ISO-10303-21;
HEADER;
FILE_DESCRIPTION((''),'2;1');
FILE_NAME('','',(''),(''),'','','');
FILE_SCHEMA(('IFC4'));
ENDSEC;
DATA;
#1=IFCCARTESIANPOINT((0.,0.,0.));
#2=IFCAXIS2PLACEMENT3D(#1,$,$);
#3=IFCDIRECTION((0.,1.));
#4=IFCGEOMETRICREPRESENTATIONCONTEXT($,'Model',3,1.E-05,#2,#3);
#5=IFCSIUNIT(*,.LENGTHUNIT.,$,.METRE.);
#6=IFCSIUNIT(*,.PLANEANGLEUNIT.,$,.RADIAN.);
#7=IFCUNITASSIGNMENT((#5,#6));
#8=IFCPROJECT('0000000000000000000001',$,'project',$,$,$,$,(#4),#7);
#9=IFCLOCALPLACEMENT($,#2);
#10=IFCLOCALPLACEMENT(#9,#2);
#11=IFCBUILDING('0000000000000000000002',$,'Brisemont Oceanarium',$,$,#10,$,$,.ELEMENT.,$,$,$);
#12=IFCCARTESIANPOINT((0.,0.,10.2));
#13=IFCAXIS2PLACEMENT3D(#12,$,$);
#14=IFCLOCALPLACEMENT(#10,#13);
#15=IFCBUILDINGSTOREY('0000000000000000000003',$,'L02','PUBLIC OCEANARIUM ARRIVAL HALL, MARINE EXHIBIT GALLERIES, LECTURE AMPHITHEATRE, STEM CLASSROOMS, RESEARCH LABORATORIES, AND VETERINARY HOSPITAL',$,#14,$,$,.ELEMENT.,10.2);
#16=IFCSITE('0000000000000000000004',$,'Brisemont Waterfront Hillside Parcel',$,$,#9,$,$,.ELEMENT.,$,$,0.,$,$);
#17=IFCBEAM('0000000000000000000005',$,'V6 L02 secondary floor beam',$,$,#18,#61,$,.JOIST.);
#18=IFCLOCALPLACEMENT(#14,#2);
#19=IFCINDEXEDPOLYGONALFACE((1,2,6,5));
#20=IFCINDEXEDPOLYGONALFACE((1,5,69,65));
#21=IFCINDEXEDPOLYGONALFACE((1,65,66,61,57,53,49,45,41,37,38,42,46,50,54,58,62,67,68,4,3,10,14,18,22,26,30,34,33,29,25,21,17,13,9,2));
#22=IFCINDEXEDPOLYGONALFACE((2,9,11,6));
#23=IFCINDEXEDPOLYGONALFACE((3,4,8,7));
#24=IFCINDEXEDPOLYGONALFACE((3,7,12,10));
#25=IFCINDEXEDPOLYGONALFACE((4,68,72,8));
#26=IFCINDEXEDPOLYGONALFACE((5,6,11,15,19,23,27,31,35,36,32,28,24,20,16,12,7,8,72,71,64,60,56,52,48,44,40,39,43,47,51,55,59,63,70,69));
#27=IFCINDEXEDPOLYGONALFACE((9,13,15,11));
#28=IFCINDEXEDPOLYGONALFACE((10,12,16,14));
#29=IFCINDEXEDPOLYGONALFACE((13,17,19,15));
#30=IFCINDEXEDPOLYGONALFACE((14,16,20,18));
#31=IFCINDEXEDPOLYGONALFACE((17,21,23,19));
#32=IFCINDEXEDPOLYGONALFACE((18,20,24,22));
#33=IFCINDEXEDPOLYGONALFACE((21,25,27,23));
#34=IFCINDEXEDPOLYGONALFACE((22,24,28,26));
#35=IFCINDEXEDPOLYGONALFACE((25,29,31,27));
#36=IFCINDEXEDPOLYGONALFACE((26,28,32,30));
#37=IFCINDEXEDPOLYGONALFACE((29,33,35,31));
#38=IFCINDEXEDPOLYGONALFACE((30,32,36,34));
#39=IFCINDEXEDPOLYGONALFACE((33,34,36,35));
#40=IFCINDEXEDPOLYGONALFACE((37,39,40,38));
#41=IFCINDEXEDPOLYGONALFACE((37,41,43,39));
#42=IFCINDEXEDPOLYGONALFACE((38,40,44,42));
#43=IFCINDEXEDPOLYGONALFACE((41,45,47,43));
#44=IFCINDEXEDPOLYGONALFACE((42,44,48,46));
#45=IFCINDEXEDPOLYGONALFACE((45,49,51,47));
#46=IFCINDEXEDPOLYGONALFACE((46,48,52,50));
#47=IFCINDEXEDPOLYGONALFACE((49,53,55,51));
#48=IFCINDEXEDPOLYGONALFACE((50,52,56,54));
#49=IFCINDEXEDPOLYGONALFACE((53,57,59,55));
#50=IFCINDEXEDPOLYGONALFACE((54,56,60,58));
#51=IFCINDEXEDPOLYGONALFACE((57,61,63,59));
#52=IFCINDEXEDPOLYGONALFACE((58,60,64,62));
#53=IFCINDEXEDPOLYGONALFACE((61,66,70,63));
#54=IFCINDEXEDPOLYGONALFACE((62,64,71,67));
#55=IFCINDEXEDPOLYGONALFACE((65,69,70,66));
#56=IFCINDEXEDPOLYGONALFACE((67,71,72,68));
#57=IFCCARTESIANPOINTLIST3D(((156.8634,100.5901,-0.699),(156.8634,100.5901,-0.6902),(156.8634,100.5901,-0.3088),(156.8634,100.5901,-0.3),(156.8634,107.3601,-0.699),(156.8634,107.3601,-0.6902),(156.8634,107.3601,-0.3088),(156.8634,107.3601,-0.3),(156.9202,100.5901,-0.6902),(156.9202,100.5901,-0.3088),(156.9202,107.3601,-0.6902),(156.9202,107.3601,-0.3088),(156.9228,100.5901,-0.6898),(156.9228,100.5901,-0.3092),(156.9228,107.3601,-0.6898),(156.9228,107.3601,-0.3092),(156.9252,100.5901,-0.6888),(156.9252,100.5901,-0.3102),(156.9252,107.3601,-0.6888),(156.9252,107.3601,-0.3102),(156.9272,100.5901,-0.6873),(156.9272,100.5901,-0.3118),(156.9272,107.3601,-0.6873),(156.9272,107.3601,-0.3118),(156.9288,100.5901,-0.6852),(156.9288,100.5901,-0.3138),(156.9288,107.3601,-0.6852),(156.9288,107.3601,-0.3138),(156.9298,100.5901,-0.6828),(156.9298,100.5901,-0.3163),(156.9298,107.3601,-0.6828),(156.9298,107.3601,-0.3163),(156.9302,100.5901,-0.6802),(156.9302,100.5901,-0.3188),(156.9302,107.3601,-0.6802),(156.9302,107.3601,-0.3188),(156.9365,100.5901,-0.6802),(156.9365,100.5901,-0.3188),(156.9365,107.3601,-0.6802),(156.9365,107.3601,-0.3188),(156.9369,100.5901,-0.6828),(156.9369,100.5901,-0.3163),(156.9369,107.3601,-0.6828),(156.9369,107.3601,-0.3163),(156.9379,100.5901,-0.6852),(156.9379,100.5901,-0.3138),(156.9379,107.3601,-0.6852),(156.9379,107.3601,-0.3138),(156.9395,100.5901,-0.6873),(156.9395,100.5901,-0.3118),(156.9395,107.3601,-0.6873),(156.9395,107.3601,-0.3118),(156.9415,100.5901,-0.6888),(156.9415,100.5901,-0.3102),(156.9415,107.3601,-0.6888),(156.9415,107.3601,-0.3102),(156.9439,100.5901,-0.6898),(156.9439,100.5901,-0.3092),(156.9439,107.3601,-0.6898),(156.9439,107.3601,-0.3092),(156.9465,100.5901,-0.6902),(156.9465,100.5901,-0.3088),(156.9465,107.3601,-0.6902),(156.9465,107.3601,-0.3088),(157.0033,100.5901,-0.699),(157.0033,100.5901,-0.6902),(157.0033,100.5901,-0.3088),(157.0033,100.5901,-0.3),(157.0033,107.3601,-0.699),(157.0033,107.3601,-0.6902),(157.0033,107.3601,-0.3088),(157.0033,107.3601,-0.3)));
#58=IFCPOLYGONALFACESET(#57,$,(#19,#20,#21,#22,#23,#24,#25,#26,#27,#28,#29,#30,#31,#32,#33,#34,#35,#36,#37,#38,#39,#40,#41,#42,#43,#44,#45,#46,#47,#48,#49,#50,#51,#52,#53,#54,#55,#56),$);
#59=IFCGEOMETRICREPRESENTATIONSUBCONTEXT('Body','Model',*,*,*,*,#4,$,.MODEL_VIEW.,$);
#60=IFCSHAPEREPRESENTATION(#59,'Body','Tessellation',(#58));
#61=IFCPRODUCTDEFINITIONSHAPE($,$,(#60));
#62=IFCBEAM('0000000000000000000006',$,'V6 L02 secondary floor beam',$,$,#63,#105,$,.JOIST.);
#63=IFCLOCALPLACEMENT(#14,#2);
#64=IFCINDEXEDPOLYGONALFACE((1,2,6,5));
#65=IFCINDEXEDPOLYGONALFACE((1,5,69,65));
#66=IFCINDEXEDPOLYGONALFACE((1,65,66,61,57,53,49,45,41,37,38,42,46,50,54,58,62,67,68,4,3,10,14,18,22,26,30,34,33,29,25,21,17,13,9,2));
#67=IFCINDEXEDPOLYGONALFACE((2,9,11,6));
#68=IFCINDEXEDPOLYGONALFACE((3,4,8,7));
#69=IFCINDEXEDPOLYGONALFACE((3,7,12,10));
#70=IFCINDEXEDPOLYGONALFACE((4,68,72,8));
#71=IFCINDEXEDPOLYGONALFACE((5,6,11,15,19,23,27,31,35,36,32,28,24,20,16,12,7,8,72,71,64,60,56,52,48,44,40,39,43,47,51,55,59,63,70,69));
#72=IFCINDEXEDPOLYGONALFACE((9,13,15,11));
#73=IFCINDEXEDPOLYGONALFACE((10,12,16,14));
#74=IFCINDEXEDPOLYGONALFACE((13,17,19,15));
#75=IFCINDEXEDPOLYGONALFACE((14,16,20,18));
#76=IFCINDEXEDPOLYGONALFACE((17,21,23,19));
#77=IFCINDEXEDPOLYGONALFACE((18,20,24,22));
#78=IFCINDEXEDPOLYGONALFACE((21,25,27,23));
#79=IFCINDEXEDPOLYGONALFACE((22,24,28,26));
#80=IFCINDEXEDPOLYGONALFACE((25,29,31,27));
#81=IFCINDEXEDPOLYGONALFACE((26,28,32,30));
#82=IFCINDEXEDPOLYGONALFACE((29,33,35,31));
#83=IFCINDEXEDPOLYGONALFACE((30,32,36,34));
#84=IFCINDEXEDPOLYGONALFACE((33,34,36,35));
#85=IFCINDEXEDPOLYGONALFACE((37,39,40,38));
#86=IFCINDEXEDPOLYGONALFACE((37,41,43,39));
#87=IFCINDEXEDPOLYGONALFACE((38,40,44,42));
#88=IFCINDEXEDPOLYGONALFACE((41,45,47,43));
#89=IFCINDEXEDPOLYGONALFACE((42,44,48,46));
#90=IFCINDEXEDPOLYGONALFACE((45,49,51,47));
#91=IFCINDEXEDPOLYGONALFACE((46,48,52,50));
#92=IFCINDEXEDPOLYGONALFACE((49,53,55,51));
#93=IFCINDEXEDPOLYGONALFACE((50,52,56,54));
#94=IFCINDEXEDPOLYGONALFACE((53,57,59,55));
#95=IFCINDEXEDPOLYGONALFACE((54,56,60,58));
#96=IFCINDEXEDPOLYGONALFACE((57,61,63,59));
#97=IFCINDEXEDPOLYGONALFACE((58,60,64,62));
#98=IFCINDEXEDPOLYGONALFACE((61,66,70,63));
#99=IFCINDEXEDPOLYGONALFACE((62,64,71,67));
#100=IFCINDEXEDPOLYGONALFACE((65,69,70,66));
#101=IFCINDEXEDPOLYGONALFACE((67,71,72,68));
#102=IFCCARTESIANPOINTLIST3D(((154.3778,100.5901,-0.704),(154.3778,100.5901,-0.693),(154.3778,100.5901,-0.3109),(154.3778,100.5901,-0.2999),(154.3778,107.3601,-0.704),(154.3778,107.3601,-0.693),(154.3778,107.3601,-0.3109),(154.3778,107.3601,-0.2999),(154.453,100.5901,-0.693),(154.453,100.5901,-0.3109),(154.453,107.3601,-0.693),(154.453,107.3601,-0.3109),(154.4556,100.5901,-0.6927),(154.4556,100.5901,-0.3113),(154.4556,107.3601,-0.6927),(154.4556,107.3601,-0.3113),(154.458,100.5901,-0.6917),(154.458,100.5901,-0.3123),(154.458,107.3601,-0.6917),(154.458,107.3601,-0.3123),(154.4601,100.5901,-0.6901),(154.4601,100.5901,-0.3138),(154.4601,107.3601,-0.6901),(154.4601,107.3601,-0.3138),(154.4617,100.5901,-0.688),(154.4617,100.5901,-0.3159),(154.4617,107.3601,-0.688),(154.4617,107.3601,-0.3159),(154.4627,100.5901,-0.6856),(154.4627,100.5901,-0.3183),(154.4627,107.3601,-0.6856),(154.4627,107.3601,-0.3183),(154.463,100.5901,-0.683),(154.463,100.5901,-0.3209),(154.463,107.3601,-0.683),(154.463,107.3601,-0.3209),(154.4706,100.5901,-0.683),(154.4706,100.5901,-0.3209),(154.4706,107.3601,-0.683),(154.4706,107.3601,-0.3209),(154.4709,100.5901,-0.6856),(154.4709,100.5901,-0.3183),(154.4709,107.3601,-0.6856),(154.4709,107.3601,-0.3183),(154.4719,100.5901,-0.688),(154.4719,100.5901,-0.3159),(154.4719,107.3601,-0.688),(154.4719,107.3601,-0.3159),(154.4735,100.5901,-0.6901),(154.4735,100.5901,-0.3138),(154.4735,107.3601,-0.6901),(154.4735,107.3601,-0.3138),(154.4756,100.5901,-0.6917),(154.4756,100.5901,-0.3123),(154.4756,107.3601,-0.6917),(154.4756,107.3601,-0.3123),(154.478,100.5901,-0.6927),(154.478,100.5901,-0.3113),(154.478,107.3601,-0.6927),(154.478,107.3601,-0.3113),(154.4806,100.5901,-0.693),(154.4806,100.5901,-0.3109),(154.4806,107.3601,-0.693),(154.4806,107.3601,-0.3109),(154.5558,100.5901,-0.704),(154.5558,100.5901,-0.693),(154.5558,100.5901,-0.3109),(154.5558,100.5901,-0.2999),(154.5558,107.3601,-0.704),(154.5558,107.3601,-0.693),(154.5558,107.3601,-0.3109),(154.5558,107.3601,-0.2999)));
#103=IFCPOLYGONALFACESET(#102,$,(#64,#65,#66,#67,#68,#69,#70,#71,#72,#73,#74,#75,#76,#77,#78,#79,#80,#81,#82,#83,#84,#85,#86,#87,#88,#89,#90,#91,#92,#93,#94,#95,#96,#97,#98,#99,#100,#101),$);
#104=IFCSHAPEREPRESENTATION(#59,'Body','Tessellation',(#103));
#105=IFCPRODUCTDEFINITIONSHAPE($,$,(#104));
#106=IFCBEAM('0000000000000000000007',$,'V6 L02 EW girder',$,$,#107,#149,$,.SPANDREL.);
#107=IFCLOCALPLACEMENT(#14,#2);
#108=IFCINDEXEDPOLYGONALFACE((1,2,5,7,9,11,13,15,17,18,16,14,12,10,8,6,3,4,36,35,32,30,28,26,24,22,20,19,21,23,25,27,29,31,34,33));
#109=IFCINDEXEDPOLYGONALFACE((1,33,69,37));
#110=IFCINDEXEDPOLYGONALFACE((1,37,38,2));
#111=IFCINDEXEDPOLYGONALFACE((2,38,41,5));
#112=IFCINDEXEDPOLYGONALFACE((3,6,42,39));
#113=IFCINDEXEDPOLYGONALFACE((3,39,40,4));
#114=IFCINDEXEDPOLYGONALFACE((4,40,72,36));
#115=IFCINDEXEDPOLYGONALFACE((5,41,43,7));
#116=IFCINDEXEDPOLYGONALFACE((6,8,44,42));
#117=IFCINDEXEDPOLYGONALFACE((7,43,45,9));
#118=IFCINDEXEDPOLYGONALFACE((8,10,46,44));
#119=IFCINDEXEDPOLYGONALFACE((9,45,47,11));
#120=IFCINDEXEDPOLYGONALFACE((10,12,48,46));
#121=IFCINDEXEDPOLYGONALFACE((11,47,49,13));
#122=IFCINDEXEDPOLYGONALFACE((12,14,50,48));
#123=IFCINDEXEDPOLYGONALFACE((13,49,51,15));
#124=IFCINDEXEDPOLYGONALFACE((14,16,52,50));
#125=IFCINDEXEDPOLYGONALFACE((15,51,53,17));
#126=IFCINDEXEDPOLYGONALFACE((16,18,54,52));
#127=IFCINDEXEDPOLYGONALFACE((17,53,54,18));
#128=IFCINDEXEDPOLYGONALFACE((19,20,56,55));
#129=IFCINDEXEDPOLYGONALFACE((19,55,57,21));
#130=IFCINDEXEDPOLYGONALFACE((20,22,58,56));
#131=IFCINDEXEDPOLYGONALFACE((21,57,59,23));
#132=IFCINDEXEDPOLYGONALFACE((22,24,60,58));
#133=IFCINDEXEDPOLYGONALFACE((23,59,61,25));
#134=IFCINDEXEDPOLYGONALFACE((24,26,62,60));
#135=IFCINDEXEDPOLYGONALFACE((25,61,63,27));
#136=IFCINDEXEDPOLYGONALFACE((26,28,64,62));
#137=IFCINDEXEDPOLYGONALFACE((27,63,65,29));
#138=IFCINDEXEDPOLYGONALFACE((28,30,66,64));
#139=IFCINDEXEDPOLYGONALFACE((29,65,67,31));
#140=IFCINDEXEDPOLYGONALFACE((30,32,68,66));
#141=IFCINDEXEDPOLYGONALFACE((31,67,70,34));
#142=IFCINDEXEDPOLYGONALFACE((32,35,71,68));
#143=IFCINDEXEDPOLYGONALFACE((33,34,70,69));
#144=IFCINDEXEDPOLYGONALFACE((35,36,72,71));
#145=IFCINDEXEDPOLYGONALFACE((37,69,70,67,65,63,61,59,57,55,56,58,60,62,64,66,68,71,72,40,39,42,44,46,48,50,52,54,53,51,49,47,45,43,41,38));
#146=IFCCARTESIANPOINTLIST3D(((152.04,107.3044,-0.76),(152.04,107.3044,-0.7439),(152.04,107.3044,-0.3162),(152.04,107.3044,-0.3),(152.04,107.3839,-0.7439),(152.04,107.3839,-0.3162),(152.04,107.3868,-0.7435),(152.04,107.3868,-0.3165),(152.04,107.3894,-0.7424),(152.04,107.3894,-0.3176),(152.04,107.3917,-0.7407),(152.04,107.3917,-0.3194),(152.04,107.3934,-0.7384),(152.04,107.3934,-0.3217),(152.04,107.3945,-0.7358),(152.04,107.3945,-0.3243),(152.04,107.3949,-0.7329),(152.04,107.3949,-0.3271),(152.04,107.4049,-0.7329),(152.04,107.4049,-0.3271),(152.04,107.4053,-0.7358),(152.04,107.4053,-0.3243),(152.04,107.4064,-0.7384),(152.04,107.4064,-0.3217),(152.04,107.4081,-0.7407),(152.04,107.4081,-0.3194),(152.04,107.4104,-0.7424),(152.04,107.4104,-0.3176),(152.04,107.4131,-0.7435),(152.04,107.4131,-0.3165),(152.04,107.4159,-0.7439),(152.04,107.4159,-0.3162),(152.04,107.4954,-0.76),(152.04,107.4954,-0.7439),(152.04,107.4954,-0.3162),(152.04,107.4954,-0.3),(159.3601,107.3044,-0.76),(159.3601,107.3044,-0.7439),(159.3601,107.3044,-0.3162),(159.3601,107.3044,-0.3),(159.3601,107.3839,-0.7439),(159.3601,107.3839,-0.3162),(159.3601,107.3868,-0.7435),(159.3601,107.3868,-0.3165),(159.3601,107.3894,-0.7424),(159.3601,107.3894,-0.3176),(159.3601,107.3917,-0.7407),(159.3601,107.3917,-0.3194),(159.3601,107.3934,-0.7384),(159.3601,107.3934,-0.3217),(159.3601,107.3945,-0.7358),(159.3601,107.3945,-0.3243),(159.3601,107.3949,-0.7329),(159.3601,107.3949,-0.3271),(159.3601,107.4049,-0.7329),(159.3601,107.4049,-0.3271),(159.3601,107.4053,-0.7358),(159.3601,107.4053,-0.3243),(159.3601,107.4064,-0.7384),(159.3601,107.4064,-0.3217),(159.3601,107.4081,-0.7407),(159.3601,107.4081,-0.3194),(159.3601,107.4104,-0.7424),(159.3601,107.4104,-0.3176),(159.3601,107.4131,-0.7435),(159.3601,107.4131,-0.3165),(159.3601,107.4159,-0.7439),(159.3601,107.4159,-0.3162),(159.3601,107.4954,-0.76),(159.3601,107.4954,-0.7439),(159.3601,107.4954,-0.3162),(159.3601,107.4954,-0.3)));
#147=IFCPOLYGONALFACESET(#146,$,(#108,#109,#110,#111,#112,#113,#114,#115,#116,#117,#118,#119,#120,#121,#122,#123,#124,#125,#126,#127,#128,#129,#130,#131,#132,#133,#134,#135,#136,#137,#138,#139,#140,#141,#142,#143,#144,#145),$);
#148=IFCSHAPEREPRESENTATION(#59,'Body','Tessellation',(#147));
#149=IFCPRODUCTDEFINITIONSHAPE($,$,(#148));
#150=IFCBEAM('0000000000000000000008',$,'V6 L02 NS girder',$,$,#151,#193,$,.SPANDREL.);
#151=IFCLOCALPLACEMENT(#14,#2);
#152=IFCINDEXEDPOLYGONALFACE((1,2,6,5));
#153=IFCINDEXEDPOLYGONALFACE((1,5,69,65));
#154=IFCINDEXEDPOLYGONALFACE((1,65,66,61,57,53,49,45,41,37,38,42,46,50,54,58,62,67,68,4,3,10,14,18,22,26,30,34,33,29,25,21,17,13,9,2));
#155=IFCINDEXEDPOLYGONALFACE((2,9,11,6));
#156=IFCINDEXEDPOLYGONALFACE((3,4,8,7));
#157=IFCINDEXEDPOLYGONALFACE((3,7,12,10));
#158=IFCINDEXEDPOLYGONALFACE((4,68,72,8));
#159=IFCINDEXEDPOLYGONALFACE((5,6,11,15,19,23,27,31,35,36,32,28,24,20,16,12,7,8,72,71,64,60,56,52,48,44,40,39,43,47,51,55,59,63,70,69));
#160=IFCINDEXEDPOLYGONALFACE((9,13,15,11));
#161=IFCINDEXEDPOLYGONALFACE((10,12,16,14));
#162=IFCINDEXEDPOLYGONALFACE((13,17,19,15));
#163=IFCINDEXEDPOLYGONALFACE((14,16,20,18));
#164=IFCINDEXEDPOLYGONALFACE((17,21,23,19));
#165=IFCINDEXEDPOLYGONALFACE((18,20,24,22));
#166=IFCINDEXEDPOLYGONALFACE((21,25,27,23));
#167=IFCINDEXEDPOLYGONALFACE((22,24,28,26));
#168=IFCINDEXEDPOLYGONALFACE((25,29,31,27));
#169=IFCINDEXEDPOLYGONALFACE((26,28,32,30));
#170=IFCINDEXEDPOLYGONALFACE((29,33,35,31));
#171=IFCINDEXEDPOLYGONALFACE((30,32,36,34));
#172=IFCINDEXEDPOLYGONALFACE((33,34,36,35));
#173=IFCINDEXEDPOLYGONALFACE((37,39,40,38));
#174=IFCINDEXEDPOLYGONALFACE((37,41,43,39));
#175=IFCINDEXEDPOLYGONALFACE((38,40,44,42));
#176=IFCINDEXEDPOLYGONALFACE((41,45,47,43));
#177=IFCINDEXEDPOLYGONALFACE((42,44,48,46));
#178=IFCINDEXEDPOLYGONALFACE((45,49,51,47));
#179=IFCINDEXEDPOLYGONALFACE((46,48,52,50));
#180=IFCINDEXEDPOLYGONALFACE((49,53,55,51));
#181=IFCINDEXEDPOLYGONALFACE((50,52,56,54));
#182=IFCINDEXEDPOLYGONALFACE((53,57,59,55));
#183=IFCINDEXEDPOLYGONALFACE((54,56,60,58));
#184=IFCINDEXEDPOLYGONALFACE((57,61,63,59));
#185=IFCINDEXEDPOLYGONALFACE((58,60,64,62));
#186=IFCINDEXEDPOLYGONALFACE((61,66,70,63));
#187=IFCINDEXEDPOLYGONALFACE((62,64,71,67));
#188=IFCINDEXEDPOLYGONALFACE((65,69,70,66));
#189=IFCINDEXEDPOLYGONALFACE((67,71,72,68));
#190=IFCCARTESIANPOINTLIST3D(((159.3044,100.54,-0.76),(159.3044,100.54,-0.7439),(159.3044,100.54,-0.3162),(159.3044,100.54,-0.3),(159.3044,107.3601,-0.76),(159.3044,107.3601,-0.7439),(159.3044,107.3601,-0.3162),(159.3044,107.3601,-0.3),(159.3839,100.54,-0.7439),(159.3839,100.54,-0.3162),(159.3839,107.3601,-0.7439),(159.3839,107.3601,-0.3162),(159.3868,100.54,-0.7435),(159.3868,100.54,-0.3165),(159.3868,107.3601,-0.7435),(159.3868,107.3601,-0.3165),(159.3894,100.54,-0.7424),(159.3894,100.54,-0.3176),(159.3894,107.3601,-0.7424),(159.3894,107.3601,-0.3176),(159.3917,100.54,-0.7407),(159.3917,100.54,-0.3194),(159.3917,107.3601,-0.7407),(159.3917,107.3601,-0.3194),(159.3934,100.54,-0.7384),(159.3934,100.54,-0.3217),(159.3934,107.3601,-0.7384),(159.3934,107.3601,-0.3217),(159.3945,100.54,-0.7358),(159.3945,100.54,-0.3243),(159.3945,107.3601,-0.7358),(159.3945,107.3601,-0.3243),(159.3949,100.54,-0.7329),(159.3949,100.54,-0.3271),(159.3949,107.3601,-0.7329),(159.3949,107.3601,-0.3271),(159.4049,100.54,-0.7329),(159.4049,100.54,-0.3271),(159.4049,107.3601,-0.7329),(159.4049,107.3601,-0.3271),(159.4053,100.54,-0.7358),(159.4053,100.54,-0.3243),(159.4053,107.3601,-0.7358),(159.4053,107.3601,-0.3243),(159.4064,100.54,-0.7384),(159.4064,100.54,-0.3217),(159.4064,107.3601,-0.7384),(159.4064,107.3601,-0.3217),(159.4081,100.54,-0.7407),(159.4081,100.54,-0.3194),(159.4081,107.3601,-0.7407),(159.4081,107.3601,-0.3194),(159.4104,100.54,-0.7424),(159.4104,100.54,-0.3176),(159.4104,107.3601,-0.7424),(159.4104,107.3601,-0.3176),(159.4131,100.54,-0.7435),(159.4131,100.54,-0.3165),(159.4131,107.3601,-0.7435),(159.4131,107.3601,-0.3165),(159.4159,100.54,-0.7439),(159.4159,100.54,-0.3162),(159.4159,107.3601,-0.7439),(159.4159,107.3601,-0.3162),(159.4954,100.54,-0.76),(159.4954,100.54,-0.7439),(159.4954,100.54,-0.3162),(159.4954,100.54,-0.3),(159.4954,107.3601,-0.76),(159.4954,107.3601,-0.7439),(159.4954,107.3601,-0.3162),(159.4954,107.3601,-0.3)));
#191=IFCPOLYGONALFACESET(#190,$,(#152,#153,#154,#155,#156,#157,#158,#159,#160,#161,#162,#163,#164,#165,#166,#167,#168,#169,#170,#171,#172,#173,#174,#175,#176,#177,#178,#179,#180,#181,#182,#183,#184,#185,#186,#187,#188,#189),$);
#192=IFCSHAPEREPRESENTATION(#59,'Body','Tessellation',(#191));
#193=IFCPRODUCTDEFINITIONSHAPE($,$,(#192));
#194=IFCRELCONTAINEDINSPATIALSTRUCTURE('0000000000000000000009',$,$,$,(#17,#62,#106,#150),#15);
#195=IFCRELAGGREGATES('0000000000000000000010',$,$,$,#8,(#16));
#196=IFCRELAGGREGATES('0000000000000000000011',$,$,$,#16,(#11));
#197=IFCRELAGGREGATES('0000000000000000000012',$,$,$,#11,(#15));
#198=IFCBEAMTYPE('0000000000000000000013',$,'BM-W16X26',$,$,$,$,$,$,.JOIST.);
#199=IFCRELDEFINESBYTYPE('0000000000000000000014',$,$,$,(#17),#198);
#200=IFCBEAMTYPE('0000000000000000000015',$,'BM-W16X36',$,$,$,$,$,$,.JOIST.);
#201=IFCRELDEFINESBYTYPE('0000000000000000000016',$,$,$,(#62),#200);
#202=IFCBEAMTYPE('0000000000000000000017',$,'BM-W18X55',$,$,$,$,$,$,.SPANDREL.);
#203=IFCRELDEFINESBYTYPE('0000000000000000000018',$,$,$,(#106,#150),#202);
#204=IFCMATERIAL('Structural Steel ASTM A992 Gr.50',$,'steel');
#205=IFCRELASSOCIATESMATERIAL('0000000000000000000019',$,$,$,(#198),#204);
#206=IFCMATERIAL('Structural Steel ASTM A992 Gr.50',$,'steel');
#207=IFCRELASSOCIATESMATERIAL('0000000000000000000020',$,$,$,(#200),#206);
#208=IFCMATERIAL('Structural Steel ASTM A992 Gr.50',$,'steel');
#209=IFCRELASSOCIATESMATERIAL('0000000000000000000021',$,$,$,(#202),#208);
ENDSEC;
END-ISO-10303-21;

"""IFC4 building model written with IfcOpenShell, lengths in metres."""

from ifc_helpers import new_model, si_unit, direction, frame, origin, origin_2d, place, context, subcontext, project, spatial, i_section, extrude, material, material_profile, profile_set, type_object, element, save


model = new_model("IFC4")

# Units and contexts
model_context = context("Model", 3, precision=1e-05, world=origin(), true_north=direction((0.0, 1.0)))
body_context = subcontext(model_context, "Body", "Model", "MODEL_VIEW")
ifc_project = project(units=[si_unit("LENGTHUNIT", "METRE"), si_unit("PLANEANGLEUNIT", "RADIAN")], contexts=[model_context])

# Site, building, storey
site_placement = place(None, origin())
site = spatial("IfcSite", under=ifc_project, at=site_placement, Name="Brisemont Waterfront Hillside Parcel", CompositionType="ELEMENT", RefElevation=0.0)
building_placement = place(site_placement, origin())
building = spatial("IfcBuilding", under=site, at=building_placement, Name="Brisemont Oceanarium", CompositionType="ELEMENT")
storey_placement = place(building_placement, frame((0.0, 0.0, 10.2)))
storey = spatial("IfcBuildingStorey", under=building, at=storey_placement, Name="L02", Description="PUBLIC OCEANARIUM ARRIVAL HALL, MARINE EXHIBIT GALLERIES, LECTURE AMPHITHEATRE, STEM CLASSROOMS, RESEARCH LABORATORIES, AND VETERINARY HOSPITAL", CompositionType="ELEMENT", Elevation=10.2)

# Beams
ifc_material_1 = material(Name="Structural Steel ASTM A992 Gr.50", Category="steel")
ifc_material_profile_1 = material_profile(ifc_material_1, i_section(OverallWidth=0.1399, OverallDepth=0.3989, WebThickness=0.0063, FlangeThickness=0.0088, FilletRadius=0.01, at=origin_2d()), Name="W16X26")
ifc_profile_set_1 = profile_set([ifc_material_profile_1], Name="Structural Steel ASTM A992 Gr.50")
beam_type_1 = type_object("IfcBeamType", Name="BM-W16X26", PredefinedType="JOIST", material=ifc_profile_set_1)
beam_1_placement = place(storey_placement, frame((156.9333, 100.5901, -0.4995), z_axis=(0.0, 1.0, 0.0), x_axis=(-1.0, 0.0, 0.0)))
element("IfcBeam", 1, at=beam_1_placement, inside=storey, type_object=beam_type_1, Name="V6 L02 secondary floor beam", PredefinedType="JOIST", context=body_context, shape_type="SweptSolid", body=[
    extrude(i_section(OverallWidth=0.1399, OverallDepth=0.3989, WebThickness=0.0063, FlangeThickness=0.0088, FilletRadius=0.01, at=origin_2d()), origin(), (0.0, 0.0, 1.0), 6.77),
])
ifc_material_2 = material(Name="Structural Steel ASTM A992 Gr.50", Category="steel")
ifc_material_profile_2 = material_profile(ifc_material_2, i_section(OverallWidth=0.178, OverallDepth=0.4041, WebThickness=0.0076, FlangeThickness=0.011, FilletRadius=0.01, at=origin_2d()), Name="W16X36")
ifc_profile_set_2 = profile_set([ifc_material_profile_2], Name="Structural Steel ASTM A992 Gr.50")
beam_type_2 = type_object("IfcBeamType", Name="BM-W16X36", PredefinedType="JOIST", material=ifc_profile_set_2)
beam_2_placement = place(storey_placement, frame((154.4668, 100.5901, -0.502), z_axis=(0.0, 1.0, 0.0), x_axis=(-1.0, 0.0, 0.0)))
element("IfcBeam", 2, at=beam_2_placement, inside=storey, type_object=beam_type_2, Name="V6 L02 secondary floor beam", PredefinedType="JOIST", context=body_context, shape_type="SweptSolid", body=[
    extrude(i_section(OverallWidth=0.178, OverallDepth=0.4041, WebThickness=0.0076, FlangeThickness=0.011, FilletRadius=0.01, at=origin_2d()), origin(), (0.0, 0.0, 1.0), 6.77),
])
ifc_material_3 = material(Name="Structural Steel ASTM A992 Gr.50", Category="steel")
ifc_material_profile_3 = material_profile(ifc_material_3, i_section(OverallWidth=0.1909, OverallDepth=0.46, WebThickness=0.01, FlangeThickness=0.0161, FilletRadius=0.011, at=origin_2d()), Name="W18X55")
ifc_profile_set_3 = profile_set([ifc_material_profile_3], Name="Structural Steel ASTM A992 Gr.50")
beam_type_3 = type_object("IfcBeamType", Name="BM-W18X55", PredefinedType="SPANDREL", material=ifc_profile_set_3)
beam_3_placement = place(storey_placement, frame((152.04, 107.3999, -0.53), z_axis=(1.0, 0.0, 0.0), x_axis=(0.0, 1.0, 0.0)))
element("IfcBeam", 3, at=beam_3_placement, inside=storey, type_object=beam_type_3, Name="V6 L02 EW girder", PredefinedType="SPANDREL", context=body_context, shape_type="SweptSolid", body=[
    extrude(i_section(OverallWidth=0.1909, OverallDepth=0.46, WebThickness=0.01, FlangeThickness=0.0161, FilletRadius=0.011, at=origin_2d()), origin(), (0.0, 0.0, 1.0), 7.3201),
])
beam_4_placement = place(storey_placement, frame((159.3999, 100.54, -0.53), z_axis=(0.0, 1.0, 0.0), x_axis=(-1.0, 0.0, 0.0)))
element("IfcBeam", 4, at=beam_4_placement, inside=storey, type_object=beam_type_3, Name="V6 L02 NS girder", PredefinedType="SPANDREL", context=body_context, shape_type="SweptSolid", body=[
    extrude(i_section(OverallWidth=0.1909, OverallDepth=0.46, WebThickness=0.01, FlangeThickness=0.0161, FilletRadius=0.011, at=origin_2d()), origin(), (0.0, 0.0, 1.0), 6.8201),
])

save(model, "model.ifc")
